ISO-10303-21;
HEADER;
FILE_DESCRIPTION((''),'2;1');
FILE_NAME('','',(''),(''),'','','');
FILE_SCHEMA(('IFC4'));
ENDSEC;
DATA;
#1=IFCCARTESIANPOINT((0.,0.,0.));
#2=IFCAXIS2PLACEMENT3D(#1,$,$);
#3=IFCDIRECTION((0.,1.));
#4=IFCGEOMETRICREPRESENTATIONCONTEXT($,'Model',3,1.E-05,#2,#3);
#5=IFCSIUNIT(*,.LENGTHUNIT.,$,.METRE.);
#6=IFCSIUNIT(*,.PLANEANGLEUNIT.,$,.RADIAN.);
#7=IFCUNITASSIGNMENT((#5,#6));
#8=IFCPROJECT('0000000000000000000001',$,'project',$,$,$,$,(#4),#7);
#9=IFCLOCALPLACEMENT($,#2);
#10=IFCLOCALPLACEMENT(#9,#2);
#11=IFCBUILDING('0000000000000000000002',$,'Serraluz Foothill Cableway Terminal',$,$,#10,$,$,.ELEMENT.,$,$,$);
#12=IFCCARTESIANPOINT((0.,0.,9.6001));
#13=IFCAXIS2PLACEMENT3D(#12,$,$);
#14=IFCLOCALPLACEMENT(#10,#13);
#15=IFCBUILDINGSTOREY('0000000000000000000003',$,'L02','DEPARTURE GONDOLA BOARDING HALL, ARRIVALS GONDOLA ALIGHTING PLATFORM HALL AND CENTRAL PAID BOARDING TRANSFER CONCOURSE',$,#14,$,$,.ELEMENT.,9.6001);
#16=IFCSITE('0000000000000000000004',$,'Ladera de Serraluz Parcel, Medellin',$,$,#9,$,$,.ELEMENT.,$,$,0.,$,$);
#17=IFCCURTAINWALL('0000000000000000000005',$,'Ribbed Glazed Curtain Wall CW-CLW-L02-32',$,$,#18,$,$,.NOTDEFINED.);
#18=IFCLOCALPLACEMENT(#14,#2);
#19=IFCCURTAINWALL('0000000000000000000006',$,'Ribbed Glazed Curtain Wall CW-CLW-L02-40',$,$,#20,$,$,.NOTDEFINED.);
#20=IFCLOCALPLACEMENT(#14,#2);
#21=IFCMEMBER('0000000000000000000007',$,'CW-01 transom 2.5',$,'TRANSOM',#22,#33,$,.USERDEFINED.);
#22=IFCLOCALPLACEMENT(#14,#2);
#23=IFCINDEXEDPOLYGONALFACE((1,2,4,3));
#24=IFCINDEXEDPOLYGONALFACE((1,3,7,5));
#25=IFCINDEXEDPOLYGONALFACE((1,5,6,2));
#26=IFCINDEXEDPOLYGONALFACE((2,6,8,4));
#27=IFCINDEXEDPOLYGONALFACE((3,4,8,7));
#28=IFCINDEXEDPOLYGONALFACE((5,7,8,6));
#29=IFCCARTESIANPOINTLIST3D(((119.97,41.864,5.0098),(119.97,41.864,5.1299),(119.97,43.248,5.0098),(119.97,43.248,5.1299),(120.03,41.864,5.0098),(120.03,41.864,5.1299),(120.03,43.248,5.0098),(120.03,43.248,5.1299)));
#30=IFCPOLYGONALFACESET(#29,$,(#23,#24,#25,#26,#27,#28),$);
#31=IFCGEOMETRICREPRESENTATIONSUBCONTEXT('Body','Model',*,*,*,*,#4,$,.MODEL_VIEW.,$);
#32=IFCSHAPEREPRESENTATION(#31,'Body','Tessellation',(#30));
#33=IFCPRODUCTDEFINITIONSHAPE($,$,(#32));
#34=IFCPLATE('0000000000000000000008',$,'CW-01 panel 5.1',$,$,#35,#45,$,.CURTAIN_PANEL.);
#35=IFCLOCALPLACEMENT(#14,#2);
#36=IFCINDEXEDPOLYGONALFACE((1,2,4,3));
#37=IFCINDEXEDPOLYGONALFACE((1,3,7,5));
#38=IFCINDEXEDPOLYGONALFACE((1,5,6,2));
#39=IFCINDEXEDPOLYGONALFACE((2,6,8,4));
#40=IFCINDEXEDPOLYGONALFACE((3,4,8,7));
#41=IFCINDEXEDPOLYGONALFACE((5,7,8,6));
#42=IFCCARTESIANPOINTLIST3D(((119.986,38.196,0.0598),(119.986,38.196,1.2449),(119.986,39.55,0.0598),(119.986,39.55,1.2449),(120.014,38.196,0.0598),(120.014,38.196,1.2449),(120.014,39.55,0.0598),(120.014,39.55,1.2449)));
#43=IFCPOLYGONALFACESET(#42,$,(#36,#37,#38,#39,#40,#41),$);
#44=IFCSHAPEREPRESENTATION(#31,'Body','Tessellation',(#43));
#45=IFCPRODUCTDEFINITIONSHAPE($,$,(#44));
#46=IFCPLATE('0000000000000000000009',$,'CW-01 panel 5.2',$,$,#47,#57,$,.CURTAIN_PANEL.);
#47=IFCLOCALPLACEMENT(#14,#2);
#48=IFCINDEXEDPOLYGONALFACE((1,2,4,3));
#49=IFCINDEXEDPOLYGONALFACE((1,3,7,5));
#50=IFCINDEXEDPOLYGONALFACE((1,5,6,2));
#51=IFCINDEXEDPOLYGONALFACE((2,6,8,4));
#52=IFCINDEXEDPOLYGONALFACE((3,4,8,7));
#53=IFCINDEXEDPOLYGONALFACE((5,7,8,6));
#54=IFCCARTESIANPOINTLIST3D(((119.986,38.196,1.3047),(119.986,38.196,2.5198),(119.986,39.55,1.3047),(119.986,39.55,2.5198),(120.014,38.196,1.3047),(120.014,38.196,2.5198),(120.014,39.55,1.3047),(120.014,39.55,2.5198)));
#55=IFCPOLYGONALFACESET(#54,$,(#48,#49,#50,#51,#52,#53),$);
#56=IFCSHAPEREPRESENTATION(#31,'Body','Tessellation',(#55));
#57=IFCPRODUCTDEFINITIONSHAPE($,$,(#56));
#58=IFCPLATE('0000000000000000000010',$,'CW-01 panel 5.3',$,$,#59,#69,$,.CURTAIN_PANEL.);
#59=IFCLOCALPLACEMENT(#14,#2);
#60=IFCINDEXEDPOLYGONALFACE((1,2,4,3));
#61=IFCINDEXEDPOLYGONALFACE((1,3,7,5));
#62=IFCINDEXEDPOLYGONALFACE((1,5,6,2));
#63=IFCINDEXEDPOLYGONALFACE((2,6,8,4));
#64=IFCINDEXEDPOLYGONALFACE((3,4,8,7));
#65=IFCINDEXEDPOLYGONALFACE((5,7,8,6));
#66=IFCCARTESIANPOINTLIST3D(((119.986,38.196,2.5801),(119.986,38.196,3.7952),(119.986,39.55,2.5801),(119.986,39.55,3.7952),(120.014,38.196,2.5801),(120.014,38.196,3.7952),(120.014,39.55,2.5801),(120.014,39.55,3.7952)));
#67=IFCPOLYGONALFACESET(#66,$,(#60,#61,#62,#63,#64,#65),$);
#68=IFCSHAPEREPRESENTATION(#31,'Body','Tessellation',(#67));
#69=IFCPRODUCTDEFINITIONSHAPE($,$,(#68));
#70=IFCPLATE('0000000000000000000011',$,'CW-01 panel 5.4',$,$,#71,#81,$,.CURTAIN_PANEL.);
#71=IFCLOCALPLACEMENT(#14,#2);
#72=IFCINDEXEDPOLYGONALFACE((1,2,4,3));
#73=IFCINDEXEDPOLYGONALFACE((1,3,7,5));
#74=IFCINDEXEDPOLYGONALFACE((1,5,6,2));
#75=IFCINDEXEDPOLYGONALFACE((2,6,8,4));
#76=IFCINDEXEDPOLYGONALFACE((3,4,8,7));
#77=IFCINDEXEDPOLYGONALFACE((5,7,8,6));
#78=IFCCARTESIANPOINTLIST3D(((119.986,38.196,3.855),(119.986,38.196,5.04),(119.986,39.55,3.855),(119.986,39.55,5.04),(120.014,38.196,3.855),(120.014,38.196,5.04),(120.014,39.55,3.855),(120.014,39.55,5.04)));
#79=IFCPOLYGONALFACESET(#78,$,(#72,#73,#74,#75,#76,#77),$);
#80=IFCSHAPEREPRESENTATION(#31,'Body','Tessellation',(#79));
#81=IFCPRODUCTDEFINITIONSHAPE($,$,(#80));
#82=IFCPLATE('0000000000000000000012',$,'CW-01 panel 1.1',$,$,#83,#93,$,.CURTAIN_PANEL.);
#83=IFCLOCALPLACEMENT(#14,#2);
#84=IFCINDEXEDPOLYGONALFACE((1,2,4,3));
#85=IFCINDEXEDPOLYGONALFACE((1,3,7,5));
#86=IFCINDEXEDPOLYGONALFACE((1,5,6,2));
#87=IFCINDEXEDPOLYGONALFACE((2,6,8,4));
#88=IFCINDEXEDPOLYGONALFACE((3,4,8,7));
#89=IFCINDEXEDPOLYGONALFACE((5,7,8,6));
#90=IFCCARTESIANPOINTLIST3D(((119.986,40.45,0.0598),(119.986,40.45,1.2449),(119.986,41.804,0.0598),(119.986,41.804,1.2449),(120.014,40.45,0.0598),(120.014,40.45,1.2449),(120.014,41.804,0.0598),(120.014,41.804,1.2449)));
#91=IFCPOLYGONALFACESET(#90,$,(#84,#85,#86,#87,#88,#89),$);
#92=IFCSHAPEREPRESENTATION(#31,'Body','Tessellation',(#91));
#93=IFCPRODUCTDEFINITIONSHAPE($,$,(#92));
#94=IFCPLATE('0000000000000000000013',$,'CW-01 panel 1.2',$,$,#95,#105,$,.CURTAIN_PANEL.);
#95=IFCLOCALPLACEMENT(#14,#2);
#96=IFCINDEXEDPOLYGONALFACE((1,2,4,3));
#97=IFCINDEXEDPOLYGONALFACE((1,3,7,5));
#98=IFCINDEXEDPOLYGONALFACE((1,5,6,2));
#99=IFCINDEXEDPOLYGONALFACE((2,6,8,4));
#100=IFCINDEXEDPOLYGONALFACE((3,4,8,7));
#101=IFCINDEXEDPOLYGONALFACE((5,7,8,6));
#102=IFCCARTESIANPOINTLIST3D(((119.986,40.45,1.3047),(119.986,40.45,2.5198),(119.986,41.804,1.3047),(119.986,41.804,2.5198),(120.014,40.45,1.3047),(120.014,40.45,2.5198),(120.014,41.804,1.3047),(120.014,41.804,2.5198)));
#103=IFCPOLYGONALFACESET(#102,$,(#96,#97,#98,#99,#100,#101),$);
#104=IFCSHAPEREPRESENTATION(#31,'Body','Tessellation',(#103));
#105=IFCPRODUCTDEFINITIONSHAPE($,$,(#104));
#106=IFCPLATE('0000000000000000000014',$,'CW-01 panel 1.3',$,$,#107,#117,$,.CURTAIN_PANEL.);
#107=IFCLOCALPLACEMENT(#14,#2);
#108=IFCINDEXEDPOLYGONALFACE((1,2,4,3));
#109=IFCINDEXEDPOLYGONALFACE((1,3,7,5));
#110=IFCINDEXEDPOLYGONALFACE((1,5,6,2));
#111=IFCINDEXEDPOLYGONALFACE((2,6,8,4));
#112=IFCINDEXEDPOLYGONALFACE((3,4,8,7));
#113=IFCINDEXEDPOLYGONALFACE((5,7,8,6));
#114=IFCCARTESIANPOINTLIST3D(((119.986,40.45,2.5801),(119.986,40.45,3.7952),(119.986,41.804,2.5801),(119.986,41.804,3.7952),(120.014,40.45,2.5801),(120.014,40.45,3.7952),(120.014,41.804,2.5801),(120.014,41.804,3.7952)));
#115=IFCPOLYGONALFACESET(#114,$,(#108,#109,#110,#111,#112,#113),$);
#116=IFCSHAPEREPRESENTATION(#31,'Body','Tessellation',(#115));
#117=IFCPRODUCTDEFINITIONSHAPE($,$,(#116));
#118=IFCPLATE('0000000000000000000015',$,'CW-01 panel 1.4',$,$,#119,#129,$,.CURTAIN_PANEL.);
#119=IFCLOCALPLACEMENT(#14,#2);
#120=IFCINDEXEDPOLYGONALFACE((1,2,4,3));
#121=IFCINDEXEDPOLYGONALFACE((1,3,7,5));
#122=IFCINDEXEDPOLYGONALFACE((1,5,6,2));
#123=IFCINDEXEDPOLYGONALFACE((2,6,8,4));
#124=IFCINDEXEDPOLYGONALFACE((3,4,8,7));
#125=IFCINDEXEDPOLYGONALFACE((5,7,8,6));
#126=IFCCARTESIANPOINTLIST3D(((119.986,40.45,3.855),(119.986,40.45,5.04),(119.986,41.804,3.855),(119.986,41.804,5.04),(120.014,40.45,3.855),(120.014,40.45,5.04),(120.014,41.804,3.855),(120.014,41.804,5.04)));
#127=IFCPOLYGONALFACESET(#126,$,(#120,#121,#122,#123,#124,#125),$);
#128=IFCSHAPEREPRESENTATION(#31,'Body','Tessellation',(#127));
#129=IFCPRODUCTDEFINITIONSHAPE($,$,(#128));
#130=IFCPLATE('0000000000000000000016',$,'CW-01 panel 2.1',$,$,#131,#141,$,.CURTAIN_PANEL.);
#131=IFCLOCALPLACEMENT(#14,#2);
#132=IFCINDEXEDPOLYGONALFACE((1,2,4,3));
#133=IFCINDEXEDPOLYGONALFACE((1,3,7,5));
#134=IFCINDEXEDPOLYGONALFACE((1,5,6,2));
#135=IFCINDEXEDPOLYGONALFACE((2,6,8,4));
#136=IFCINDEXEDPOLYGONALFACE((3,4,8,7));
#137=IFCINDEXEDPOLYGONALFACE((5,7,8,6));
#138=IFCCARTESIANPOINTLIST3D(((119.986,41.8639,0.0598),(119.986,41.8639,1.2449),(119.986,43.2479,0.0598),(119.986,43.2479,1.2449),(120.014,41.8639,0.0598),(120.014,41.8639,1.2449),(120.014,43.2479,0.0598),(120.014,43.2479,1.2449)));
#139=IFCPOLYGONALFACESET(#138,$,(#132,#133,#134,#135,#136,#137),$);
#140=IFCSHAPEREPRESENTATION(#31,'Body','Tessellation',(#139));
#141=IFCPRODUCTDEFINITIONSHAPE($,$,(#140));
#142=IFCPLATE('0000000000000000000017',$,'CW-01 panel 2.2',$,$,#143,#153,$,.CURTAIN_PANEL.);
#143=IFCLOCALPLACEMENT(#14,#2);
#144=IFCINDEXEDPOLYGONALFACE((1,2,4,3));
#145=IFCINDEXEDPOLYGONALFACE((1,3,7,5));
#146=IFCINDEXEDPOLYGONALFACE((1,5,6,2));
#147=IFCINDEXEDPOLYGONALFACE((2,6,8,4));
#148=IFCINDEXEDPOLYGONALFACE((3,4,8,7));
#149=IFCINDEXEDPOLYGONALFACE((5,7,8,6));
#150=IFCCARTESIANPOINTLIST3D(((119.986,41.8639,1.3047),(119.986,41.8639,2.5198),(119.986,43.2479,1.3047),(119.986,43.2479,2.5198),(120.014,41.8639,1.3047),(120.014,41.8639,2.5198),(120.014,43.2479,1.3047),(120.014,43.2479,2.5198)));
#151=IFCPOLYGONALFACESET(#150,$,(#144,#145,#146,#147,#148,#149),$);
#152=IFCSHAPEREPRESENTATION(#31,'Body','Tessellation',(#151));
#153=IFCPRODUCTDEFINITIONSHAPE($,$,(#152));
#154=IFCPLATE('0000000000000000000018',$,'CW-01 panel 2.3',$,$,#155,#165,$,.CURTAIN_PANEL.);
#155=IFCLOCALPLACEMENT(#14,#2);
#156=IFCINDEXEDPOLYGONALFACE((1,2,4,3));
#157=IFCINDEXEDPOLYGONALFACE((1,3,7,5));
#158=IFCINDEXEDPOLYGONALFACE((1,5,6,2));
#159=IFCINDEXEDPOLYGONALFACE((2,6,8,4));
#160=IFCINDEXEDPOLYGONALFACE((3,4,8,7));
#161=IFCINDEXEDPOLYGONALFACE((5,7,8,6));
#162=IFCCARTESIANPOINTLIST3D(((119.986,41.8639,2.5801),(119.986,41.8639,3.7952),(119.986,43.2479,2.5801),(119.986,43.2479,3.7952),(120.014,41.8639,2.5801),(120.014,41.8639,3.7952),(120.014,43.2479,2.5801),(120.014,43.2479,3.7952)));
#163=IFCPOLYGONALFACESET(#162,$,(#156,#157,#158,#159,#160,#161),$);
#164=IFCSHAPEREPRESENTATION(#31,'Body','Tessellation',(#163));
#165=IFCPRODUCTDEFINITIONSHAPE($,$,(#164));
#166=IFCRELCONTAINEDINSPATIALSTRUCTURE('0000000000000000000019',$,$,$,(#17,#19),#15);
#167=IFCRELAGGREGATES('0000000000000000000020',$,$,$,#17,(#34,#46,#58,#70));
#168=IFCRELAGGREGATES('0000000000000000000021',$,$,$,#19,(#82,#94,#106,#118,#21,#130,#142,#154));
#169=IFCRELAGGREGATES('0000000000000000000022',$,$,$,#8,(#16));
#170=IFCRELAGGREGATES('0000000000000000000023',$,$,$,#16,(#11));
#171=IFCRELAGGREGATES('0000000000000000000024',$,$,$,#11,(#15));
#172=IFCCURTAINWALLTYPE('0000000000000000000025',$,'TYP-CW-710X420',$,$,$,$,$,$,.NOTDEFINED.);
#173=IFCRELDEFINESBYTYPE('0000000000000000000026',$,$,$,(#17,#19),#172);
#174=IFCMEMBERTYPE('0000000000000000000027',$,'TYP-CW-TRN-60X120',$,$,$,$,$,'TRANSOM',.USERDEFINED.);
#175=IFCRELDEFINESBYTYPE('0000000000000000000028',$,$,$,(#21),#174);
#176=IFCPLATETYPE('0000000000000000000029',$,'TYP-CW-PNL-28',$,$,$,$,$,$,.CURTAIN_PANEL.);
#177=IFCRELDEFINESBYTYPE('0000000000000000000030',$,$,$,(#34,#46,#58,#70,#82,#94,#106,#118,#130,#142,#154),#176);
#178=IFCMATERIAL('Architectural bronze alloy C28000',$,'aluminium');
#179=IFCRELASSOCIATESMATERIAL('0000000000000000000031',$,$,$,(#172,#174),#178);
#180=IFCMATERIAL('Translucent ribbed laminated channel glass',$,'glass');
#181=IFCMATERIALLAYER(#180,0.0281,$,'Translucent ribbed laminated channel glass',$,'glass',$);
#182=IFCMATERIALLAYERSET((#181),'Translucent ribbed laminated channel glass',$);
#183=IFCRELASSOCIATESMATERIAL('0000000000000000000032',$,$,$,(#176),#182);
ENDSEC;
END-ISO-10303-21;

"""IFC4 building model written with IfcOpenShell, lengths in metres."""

from ifc_helpers import new_model, si_unit, direction, frame, origin, origin_2d, place, context, subcontext, project, spatial, rectangle, extrude, material, layer, layer_set, material_profile, profile_set, type_object, element, aggregate, save


model = new_model("IFC4")

# Units and contexts
model_context = context("Model", 3, precision=1e-05, world=origin(), true_north=direction((0.0, 1.0)))
body_context = subcontext(model_context, "Body", "Model", "MODEL_VIEW")
ifc_project = project(units=[si_unit("LENGTHUNIT", "METRE"), si_unit("PLANEANGLEUNIT", "RADIAN")], contexts=[model_context])

# Site, building, storey
site_placement = place(None, origin())
site = spatial("IfcSite", under=ifc_project, at=site_placement, Name="Ladera de Serraluz Parcel, Medellin", CompositionType="ELEMENT", RefElevation=0.0)
building_placement = place(site_placement, origin())
building = spatial("IfcBuilding", under=site, at=building_placement, Name="Serraluz Foothill Cableway Terminal", CompositionType="ELEMENT")
storey_placement = place(building_placement, frame((0.0, 0.0, 9.6001)))
storey = spatial("IfcBuildingStorey", under=building, at=storey_placement, Name="L02", Description="DEPARTURE GONDOLA BOARDING HALL, ARRIVALS GONDOLA ALIGHTING PLATFORM HALL AND CENTRAL PAID BOARDING TRANSFER CONCOURSE", CompositionType="ELEMENT", Elevation=9.6001)

# Curtain wall
ifc_material_1 = material(Name="Architectural bronze alloy C28000", Category="aluminium")
curtain_wall_type = type_object("IfcCurtainWallType", Name="TYP-CW-710X420", PredefinedType="NOTDEFINED", material=ifc_material_1)
curtain_wall_1_placement = place(storey_placement, origin())
curtain_wall_1 = element("IfcCurtainWall", 1, at=curtain_wall_1_placement, inside=storey, type_object=curtain_wall_type, Name="Ribbed Glazed Curtain Wall CW-CLW-L02-32", PredefinedType="NOTDEFINED")

# Curtain wall
curtain_wall_2_placement = place(storey_placement, origin())
curtain_wall_2 = element("IfcCurtainWall", 2, at=curtain_wall_2_placement, inside=storey, type_object=curtain_wall_type, Name="Ribbed Glazed Curtain Wall CW-CLW-L02-40", PredefinedType="NOTDEFINED")

# Member
ifc_material_profile_1 = material_profile(ifc_material_1, rectangle(XDim=0.0601, YDim=0.1201, at=origin_2d()), Name="ALU TRANSOM 60x120")
ifc_profile_set_1 = profile_set([ifc_material_profile_1], Name="Architectural bronze alloy C28000")
member_type_1 = type_object("IfcMemberType", Name="TYP-CW-TRN-60X120", ElementType="TRANSOM", PredefinedType="USERDEFINED", material=ifc_profile_set_1)
member_1_placement = place(storey_placement, frame((120.0, 41.864, 5.0698), z_axis=(0.0, 1.0, 0.0), x_axis=(-1.0, 0.0, 0.0)))
member_1 = element("IfcMember", 3, at=member_1_placement, type_object=member_type_1, Name="CW-01 transom 2.5", ObjectType="TRANSOM", PredefinedType="USERDEFINED", context=body_context, shape_type="SweptSolid", body=[
    extrude(rectangle(XDim=0.0601, YDim=0.1201, at=origin_2d()), origin(), (0.0, 0.0, 1.0), 1.384),
])

# Plates
ifc_material_2 = material(Name="Translucent ribbed laminated channel glass", Category="glass")
ifc_layer = layer(ifc_material_2, 0.0281, Name="Translucent ribbed laminated channel glass", Category="glass")
ifc_layer_set = layer_set([ifc_layer], Name="Translucent ribbed laminated channel glass")
plate_type = type_object("IfcPlateType", Name="TYP-CW-PNL-28", PredefinedType="CURTAIN_PANEL", material=ifc_layer_set)
plate_1_placement = place(storey_placement, frame((120.0, 38.873, 0.0598), z_axis=(0.0, 0.0, 1.0), x_axis=(0.0, 1.0, 0.0)))
plate_1 = element("IfcPlate", 4, at=plate_1_placement, type_object=plate_type, Name="CW-01 panel 5.1", PredefinedType="CURTAIN_PANEL", context=body_context, shape_type="SweptSolid", body=[
    extrude(rectangle(XDim=1.354, YDim=0.0281, at=origin_2d()), origin(), (0.0, 0.0, 1.0), 1.1851),
])
plate_2_placement = place(storey_placement, frame((120.0, 38.873, 1.3047), z_axis=(0.0, 0.0, 1.0), x_axis=(0.0, 1.0, 0.0)))
plate_2 = element("IfcPlate", 5, at=plate_2_placement, type_object=plate_type, Name="CW-01 panel 5.2", PredefinedType="CURTAIN_PANEL", context=body_context, shape_type="SweptSolid", body=[
    extrude(rectangle(XDim=1.354, YDim=0.0281, at=origin_2d()), origin(), (0.0, 0.0, 1.0), 1.2151),
])
plate_3_placement = place(storey_placement, frame((120.0, 38.873, 2.5801), z_axis=(0.0, 0.0, 1.0), x_axis=(0.0, 1.0, 0.0)))
plate_3 = element("IfcPlate", 6, at=plate_3_placement, type_object=plate_type, Name="CW-01 panel 5.3", PredefinedType="CURTAIN_PANEL", context=body_context, shape_type="SweptSolid", body=[
    extrude(rectangle(XDim=1.354, YDim=0.0281, at=origin_2d()), origin(), (0.0, 0.0, 1.0), 1.2151),
])
plate_4_placement = place(storey_placement, frame((120.0, 38.873, 3.855), z_axis=(0.0, 0.0, 1.0), x_axis=(0.0, 1.0, 0.0)))
plate_4 = element("IfcPlate", 7, at=plate_4_placement, type_object=plate_type, Name="CW-01 panel 5.4", PredefinedType="CURTAIN_PANEL", context=body_context, shape_type="SweptSolid", body=[
    extrude(rectangle(XDim=1.354, YDim=0.0281, at=origin_2d()), origin(), (0.0, 0.0, 1.0), 1.1851),
])
aggregate(curtain_wall_1, [plate_1, plate_2, plate_3, plate_4])
plate_5_placement = place(storey_placement, frame((120.0, 41.127, 0.0598), z_axis=(0.0, 0.0, 1.0), x_axis=(0.0, 1.0, 0.0)))
plate_5 = element("IfcPlate", 8, at=plate_5_placement, type_object=plate_type, Name="CW-01 panel 1.1", PredefinedType="CURTAIN_PANEL", context=body_context, shape_type="SweptSolid", body=[
    extrude(rectangle(XDim=1.354, YDim=0.0281, at=origin_2d()), origin(), (0.0, 0.0, 1.0), 1.1851),
])
plate_6_placement = place(storey_placement, frame((120.0, 41.127, 1.3047), z_axis=(0.0, 0.0, 1.0), x_axis=(0.0, 1.0, 0.0)))
plate_6 = element("IfcPlate", 9, at=plate_6_placement, type_object=plate_type, Name="CW-01 panel 1.2", PredefinedType="CURTAIN_PANEL", context=body_context, shape_type="SweptSolid", body=[
    extrude(rectangle(XDim=1.354, YDim=0.0281, at=origin_2d()), origin(), (0.0, 0.0, 1.0), 1.2151),
])
plate_7_placement = place(storey_placement, frame((120.0, 41.127, 2.5801), z_axis=(0.0, 0.0, 1.0), x_axis=(0.0, 1.0, 0.0)))
plate_7 = element("IfcPlate", 10, at=plate_7_placement, type_object=plate_type, Name="CW-01 panel 1.3", PredefinedType="CURTAIN_PANEL", context=body_context, shape_type="SweptSolid", body=[
    extrude(rectangle(XDim=1.354, YDim=0.0281, at=origin_2d()), origin(), (0.0, 0.0, 1.0), 1.2151),
])
plate_8_placement = place(storey_placement, frame((120.0, 41.127, 3.855), z_axis=(0.0, 0.0, 1.0), x_axis=(0.0, 1.0, 0.0)))
plate_8 = element("IfcPlate", 11, at=plate_8_placement, type_object=plate_type, Name="CW-01 panel 1.4", PredefinedType="CURTAIN_PANEL", context=body_context, shape_type="SweptSolid", body=[
    extrude(rectangle(XDim=1.354, YDim=0.0281, at=origin_2d()), origin(), (0.0, 0.0, 1.0), 1.1851),
])
plate_9_placement = place(storey_placement, frame((120.0, 42.5559, 0.0598), z_axis=(0.0, 0.0, 1.0), x_axis=(0.0, 1.0, 0.0)))
plate_9 = element("IfcPlate", 12, at=plate_9_placement, type_object=plate_type, Name="CW-01 panel 2.1", PredefinedType="CURTAIN_PANEL", context=body_context, shape_type="SweptSolid", body=[
    extrude(rectangle(XDim=1.384, YDim=0.0281, at=origin_2d()), origin(), (0.0, 0.0, 1.0), 1.1851),
])
plate_10_placement = place(storey_placement, frame((120.0, 42.5559, 1.3047), z_axis=(0.0, 0.0, 1.0), x_axis=(0.0, 1.0, 0.0)))
plate_10 = element("IfcPlate", 13, at=plate_10_placement, type_object=plate_type, Name="CW-01 panel 2.2", PredefinedType="CURTAIN_PANEL", context=body_context, shape_type="SweptSolid", body=[
    extrude(rectangle(XDim=1.384, YDim=0.0281, at=origin_2d()), origin(), (0.0, 0.0, 1.0), 1.2151),
])
plate_11_placement = place(storey_placement, frame((120.0, 42.5559, 2.5801), z_axis=(0.0, 0.0, 1.0), x_axis=(0.0, 1.0, 0.0)))
plate_11 = element("IfcPlate", 14, at=plate_11_placement, type_object=plate_type, Name="CW-01 panel 2.3", PredefinedType="CURTAIN_PANEL", context=body_context, shape_type="SweptSolid", body=[
    extrude(rectangle(XDim=1.384, YDim=0.0281, at=origin_2d()), origin(), (0.0, 0.0, 1.0), 1.2151),
])
aggregate(curtain_wall_2, [plate_5, plate_6, plate_7, plate_8, member_1, plate_9, plate_10, plate_11])

save(model, "model.ifc")
